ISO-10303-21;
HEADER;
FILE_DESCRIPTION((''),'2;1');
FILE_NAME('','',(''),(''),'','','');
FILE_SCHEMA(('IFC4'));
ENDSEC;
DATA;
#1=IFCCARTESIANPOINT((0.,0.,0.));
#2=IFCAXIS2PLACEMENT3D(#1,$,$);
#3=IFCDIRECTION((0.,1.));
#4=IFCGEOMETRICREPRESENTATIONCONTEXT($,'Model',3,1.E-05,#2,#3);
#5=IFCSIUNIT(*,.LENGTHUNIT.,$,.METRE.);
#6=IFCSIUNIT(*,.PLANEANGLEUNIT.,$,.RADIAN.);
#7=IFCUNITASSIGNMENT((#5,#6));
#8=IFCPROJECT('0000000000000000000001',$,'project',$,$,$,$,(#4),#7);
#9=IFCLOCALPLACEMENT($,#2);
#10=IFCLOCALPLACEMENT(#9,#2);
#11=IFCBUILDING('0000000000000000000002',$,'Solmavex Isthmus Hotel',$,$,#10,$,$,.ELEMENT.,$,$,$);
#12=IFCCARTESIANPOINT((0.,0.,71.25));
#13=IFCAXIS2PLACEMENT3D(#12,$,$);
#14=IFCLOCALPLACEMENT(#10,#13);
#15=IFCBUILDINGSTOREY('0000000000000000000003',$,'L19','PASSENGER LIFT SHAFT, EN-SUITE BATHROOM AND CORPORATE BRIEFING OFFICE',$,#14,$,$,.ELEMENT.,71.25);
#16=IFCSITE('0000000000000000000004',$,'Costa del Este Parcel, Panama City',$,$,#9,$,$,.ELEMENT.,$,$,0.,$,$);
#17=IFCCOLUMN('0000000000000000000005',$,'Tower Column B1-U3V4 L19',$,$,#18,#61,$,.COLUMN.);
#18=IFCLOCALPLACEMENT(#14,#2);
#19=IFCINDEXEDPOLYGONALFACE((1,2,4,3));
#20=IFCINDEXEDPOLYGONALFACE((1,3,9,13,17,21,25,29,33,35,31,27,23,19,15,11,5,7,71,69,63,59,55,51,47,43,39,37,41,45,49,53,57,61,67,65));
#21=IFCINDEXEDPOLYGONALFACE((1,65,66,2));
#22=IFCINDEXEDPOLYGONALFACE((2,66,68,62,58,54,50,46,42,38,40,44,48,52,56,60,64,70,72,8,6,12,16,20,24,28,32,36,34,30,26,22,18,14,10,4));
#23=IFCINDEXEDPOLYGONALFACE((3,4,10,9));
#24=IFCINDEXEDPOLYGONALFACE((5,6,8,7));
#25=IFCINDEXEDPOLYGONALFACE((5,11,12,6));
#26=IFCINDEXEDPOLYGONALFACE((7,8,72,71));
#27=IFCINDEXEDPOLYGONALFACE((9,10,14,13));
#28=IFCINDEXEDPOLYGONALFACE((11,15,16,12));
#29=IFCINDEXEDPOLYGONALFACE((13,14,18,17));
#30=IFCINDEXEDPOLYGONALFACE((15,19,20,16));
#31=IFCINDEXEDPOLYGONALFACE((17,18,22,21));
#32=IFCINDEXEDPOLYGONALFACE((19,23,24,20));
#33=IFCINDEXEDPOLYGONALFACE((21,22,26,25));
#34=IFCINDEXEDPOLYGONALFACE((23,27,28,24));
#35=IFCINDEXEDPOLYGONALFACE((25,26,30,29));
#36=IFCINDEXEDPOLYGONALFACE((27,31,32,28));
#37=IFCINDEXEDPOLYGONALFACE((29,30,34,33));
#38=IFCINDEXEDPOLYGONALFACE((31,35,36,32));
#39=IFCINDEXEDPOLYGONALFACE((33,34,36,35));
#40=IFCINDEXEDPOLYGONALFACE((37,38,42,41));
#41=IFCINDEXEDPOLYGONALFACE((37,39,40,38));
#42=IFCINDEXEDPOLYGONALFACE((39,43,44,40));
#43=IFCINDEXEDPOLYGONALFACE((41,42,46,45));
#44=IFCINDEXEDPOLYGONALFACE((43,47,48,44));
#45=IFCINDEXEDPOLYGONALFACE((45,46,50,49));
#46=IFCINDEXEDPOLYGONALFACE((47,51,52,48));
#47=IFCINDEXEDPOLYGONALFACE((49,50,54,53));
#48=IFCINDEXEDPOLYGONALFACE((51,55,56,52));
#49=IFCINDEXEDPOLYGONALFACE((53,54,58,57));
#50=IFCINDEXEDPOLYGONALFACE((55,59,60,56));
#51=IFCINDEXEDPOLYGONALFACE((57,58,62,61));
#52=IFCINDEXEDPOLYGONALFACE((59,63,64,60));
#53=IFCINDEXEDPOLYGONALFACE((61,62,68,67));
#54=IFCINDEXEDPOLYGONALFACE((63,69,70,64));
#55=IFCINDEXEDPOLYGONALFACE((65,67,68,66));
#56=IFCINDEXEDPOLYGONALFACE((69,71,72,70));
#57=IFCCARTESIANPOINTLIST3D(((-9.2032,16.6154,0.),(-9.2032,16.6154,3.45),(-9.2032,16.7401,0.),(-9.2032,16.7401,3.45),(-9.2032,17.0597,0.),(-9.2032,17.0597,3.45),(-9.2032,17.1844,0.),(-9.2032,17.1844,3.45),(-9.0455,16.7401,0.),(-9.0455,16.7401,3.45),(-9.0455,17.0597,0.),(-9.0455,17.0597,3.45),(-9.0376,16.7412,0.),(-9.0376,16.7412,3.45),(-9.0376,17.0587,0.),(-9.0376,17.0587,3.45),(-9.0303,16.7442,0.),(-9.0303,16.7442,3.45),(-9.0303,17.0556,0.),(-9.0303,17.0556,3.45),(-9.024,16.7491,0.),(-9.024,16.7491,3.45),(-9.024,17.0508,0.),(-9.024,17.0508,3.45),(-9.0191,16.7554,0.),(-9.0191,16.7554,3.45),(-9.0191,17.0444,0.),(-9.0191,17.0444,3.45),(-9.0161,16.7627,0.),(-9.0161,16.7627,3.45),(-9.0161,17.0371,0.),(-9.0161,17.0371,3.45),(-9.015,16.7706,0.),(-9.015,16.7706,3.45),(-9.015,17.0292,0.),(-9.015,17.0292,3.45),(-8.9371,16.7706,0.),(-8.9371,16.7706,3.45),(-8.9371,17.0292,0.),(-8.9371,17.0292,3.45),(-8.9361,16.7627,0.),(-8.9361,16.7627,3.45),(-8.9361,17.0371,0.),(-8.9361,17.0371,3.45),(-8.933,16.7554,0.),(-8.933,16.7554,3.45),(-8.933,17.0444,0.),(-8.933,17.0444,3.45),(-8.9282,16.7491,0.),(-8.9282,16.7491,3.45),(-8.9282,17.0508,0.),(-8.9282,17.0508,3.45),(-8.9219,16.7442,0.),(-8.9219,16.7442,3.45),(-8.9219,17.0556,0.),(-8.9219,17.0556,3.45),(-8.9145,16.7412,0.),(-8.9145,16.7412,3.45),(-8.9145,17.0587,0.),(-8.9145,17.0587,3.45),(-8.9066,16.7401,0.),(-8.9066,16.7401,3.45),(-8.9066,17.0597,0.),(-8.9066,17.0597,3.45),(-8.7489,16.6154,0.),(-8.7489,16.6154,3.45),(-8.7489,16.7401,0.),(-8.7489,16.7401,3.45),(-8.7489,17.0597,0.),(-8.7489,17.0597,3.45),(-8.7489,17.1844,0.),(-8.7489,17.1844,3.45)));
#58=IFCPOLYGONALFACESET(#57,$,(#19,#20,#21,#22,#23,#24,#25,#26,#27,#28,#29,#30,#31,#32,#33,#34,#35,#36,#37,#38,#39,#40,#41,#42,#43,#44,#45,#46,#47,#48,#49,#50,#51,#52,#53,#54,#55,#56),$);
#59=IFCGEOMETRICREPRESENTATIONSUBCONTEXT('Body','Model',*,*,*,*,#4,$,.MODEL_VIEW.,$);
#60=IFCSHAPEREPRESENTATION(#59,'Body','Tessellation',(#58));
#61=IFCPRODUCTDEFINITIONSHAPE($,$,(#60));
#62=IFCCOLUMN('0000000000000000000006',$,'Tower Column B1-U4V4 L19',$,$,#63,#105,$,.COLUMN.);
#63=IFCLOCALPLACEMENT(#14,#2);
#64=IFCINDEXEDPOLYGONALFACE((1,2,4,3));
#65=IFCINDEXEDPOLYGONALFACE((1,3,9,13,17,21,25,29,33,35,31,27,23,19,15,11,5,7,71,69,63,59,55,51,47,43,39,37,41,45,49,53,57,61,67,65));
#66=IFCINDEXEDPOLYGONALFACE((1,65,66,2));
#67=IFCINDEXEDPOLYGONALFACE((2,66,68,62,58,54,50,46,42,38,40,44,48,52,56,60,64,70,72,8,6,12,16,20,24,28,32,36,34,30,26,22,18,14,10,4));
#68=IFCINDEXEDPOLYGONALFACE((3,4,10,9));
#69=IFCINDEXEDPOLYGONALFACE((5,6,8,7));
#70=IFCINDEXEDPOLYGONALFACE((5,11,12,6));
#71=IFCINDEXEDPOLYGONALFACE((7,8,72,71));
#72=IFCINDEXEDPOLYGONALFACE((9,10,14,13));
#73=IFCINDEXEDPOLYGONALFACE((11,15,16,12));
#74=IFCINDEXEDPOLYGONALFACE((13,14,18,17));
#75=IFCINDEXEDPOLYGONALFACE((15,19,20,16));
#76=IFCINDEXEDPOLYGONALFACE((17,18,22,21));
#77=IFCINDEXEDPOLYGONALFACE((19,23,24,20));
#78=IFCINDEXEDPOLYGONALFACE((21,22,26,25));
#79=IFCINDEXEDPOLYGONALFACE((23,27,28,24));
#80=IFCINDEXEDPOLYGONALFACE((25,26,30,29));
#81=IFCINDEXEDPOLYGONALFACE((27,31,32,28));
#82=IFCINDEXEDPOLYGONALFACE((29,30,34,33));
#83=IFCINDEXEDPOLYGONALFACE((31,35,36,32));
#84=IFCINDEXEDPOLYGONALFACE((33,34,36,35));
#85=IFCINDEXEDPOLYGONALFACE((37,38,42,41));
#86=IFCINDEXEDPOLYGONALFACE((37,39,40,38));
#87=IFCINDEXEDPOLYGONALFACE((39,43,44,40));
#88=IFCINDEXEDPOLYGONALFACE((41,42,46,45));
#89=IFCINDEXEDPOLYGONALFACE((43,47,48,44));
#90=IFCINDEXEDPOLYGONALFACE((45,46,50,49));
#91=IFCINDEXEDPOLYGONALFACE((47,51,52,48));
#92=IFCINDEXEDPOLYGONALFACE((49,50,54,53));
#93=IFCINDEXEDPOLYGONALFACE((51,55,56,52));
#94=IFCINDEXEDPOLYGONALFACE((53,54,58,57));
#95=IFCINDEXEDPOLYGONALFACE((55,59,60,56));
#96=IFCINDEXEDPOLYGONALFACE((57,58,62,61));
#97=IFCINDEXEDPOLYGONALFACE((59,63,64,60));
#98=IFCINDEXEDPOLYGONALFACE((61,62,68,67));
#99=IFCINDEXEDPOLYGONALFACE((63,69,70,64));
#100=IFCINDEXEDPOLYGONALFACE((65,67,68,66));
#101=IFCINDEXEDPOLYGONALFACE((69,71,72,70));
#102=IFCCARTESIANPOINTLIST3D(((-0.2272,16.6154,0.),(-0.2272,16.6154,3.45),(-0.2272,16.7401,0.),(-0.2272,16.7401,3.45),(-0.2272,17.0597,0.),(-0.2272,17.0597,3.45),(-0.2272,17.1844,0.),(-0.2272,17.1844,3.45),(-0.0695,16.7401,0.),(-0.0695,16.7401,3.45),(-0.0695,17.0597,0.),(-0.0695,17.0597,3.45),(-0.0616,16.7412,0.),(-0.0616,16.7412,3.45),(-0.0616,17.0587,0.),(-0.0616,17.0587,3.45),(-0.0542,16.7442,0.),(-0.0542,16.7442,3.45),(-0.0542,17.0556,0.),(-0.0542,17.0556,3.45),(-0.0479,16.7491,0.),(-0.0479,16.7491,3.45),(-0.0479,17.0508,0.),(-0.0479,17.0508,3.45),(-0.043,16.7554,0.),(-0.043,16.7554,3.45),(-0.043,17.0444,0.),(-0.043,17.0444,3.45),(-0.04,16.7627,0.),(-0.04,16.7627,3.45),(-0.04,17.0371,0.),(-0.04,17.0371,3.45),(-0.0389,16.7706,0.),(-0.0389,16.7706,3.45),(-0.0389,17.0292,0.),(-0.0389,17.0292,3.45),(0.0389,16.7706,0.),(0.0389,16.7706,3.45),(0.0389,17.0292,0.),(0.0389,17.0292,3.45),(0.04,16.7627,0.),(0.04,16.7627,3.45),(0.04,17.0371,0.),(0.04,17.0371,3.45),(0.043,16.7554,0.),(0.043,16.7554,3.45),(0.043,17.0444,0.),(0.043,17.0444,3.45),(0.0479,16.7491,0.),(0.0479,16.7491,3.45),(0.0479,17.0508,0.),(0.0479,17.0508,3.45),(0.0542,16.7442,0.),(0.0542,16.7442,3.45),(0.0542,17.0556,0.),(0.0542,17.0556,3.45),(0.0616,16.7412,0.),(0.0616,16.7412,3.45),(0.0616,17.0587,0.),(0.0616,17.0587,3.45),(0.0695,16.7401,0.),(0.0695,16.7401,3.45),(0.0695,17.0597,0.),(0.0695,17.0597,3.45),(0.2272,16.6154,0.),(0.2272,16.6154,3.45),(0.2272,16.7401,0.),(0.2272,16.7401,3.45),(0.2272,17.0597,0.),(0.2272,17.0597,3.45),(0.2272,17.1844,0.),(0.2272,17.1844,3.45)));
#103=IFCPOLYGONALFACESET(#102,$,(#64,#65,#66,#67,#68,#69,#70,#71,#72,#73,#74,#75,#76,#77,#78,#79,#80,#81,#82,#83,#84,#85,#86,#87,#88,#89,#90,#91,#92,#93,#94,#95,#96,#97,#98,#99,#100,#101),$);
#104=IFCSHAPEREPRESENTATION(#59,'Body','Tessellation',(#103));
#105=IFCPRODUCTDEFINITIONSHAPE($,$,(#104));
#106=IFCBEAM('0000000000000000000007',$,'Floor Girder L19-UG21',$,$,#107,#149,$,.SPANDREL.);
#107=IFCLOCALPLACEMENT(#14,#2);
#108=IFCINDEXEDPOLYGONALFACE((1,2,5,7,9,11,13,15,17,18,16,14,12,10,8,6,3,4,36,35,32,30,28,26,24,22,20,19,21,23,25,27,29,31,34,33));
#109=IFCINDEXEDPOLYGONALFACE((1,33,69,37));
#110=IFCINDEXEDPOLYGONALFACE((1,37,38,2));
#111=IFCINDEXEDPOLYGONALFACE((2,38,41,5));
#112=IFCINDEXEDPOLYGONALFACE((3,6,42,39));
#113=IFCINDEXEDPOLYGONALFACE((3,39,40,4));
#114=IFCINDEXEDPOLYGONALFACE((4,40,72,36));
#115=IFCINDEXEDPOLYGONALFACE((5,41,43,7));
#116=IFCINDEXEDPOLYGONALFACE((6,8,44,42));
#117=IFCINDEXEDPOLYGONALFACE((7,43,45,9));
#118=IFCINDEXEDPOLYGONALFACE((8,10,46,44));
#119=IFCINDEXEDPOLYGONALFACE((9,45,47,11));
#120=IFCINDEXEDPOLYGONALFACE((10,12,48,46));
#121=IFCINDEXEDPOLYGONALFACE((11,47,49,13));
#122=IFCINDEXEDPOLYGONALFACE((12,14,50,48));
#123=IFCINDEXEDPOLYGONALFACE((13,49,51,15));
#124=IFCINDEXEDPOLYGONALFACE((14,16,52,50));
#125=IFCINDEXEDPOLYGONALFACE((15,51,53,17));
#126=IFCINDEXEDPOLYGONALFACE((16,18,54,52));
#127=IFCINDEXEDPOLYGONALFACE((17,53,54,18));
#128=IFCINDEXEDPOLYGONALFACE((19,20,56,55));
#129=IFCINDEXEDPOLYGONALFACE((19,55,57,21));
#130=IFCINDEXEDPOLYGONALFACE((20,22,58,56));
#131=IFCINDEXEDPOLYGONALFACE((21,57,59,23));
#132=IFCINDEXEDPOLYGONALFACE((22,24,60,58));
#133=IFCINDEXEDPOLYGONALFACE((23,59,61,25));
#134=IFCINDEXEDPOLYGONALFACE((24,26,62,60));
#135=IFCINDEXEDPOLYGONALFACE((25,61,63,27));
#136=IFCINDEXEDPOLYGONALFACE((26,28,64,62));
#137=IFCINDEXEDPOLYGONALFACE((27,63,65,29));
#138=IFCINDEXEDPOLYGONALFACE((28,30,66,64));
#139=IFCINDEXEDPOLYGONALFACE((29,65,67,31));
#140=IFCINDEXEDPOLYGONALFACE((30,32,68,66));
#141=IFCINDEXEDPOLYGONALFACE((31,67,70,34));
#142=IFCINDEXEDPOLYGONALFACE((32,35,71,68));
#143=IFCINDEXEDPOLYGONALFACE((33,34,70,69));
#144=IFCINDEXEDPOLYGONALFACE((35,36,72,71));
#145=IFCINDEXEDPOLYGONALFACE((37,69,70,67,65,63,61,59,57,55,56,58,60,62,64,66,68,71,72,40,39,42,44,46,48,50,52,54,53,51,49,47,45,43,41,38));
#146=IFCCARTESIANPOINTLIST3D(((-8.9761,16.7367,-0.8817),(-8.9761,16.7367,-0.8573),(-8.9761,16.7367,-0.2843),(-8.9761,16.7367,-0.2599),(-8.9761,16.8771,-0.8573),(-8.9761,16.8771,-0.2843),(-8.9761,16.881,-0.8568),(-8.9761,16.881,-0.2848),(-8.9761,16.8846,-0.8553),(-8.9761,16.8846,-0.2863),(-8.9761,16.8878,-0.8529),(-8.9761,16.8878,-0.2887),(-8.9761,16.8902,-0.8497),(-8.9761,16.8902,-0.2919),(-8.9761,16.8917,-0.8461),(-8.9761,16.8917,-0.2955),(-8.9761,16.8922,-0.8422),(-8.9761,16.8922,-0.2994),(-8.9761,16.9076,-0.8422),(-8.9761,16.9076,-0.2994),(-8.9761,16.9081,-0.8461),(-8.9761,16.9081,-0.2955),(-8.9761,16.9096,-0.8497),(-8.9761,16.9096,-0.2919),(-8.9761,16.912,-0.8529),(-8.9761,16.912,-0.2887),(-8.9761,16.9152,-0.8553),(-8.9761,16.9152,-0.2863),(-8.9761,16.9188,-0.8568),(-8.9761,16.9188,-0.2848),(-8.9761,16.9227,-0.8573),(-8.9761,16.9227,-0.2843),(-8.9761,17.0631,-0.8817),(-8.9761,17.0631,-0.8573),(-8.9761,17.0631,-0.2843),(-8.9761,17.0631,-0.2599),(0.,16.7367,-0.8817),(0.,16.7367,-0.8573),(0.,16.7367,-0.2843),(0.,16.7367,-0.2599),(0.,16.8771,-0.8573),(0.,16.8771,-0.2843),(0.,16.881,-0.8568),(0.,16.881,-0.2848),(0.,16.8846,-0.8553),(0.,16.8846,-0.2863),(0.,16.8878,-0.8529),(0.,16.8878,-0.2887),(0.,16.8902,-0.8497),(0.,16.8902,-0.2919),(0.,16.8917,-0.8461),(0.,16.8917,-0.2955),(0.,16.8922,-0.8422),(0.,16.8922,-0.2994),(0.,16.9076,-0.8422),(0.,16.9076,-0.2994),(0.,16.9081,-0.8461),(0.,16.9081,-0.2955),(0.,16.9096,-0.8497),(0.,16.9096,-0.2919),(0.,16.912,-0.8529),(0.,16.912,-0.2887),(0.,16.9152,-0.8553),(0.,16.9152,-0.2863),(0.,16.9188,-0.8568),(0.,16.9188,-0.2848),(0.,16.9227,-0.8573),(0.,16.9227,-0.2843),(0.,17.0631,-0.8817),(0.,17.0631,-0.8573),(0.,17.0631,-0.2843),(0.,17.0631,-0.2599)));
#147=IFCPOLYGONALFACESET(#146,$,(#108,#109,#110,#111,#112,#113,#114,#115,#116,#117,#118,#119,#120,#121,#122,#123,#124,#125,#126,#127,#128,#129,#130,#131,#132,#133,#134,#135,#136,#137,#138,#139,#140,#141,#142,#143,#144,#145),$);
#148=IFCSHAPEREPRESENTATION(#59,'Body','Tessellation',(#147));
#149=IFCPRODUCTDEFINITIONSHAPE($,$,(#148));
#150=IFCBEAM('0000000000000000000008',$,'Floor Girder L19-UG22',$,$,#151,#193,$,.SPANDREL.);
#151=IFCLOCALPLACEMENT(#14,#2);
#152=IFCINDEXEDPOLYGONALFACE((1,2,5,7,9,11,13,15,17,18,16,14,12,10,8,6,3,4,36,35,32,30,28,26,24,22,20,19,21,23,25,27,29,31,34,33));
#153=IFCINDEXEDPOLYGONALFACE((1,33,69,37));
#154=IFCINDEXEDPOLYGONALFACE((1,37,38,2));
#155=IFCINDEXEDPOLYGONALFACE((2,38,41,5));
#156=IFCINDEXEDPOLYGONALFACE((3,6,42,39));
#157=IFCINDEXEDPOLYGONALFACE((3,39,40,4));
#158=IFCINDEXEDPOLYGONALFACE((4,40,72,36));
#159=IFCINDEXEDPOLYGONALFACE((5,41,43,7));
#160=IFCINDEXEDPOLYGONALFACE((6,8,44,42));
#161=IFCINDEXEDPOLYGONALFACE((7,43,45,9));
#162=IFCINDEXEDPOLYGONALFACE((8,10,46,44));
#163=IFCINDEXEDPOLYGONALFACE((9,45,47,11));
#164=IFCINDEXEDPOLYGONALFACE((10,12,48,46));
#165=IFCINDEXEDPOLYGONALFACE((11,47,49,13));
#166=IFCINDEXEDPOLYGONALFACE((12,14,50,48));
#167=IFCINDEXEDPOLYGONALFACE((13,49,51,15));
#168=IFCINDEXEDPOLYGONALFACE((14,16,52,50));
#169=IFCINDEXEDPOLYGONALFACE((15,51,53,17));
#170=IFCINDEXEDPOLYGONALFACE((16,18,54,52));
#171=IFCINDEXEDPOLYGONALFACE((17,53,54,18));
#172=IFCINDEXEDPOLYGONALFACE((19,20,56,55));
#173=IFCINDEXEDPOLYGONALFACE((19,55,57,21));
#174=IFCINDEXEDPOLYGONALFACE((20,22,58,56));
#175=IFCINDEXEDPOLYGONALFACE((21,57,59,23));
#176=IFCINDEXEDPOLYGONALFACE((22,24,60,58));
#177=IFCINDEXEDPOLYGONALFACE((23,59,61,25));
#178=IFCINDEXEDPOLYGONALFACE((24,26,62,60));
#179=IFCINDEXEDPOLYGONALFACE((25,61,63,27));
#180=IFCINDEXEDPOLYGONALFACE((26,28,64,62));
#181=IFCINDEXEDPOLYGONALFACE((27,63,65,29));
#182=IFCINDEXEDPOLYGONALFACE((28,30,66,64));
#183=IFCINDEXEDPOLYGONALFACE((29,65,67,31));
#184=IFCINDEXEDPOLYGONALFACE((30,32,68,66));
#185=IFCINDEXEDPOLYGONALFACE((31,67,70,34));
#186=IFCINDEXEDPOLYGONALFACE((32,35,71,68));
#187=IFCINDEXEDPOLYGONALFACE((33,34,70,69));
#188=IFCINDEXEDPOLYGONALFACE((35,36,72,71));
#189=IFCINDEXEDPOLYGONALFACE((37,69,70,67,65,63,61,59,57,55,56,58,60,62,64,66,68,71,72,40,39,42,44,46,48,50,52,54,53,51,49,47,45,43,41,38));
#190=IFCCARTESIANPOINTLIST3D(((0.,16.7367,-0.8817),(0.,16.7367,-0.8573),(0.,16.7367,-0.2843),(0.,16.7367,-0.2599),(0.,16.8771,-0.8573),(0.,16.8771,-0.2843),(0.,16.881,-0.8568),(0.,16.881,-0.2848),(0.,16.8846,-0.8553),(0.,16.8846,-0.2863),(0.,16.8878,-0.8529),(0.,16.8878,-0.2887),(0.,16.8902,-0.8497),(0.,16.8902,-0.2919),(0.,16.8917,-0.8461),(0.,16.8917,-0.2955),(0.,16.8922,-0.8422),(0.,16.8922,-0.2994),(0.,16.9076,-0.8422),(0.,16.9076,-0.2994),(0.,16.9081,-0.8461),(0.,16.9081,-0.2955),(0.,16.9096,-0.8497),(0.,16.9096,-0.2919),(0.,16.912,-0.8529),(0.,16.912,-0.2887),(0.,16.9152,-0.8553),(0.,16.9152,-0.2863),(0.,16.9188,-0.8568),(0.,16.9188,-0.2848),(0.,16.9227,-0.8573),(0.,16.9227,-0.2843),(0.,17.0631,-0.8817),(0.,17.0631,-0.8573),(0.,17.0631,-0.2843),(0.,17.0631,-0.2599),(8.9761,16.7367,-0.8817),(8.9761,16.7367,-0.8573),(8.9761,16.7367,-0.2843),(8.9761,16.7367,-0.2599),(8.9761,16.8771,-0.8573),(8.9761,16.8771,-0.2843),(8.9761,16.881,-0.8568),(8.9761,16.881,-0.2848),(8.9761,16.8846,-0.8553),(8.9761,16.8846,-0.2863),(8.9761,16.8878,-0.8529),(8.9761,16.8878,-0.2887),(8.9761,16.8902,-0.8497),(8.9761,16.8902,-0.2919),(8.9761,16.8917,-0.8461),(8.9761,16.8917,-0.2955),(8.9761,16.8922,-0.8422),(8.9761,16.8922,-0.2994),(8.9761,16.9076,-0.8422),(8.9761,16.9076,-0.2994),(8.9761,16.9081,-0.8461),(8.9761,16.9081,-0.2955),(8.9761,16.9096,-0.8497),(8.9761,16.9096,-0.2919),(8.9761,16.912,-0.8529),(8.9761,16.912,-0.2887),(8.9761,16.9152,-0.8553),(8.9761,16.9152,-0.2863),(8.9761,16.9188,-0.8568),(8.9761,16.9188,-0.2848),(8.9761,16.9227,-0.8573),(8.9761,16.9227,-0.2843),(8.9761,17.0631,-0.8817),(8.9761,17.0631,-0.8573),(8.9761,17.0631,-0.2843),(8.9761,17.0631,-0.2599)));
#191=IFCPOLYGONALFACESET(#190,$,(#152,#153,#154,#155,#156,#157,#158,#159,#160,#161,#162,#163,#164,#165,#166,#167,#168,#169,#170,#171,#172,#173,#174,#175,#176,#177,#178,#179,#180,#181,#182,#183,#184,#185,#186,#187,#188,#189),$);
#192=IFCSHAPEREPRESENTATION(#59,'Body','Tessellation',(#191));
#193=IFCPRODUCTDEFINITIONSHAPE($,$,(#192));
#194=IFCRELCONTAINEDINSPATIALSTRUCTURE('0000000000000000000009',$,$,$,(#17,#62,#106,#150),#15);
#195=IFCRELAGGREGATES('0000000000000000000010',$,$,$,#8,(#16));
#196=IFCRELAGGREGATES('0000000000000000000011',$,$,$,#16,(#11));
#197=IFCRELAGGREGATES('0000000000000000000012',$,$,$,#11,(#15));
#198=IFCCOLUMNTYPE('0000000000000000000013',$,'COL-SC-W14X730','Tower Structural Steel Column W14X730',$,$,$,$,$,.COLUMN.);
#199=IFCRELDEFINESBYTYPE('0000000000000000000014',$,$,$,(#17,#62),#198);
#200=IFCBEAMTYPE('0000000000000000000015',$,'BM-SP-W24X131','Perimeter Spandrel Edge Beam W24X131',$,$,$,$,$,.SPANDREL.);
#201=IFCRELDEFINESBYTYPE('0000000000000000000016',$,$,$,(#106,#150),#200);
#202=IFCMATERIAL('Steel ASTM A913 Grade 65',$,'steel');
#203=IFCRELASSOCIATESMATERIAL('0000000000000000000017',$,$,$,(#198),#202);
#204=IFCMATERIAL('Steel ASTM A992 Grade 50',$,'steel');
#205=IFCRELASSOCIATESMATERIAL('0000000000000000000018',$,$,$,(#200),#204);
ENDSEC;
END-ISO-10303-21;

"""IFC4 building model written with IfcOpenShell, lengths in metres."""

from ifc_helpers import new_model, si_unit, direction, frame, origin, origin_2d, place, context, subcontext, project, spatial, i_section, extrude, material, material_profile, profile_set, type_object, element, save


model = new_model("IFC4")

# Units and contexts
model_context = context("Model", 3, precision=1e-05, world=origin(), true_north=direction((0.0, 1.0)))
body_context = subcontext(model_context, "Body", "Model", "MODEL_VIEW")
ifc_project = project(units=[si_unit("LENGTHUNIT", "METRE"), si_unit("PLANEANGLEUNIT", "RADIAN")], contexts=[model_context])

# Site, building, storey
site_placement = place(None, origin())
site = spatial("IfcSite", under=ifc_project, at=site_placement, Name="Costa del Este Parcel, Panama City", CompositionType="ELEMENT", RefElevation=0.0)
building_placement = place(site_placement, origin())
building = spatial("IfcBuilding", under=site, at=building_placement, Name="Solmavex Isthmus Hotel", CompositionType="ELEMENT")
storey_placement = place(building_placement, frame((0.0, 0.0, 71.25)))
storey = spatial("IfcBuildingStorey", under=building, at=storey_placement, Name="L19", Description="PASSENGER LIFT SHAFT, EN-SUITE BATHROOM AND CORPORATE BRIEFING OFFICE", CompositionType="ELEMENT", Elevation=71.25)

# Columns
ifc_material_1 = material(Name="Steel ASTM A913 Grade 65", Category="steel")
ifc_material_profile_1 = material_profile(ifc_material_1, i_section(OverallWidth=0.4543, OverallDepth=0.5691, WebThickness=0.0779, FlangeThickness=0.1248, FilletRadius=0.0305, at=origin_2d()), Name="W14X730")
ifc_profile_set_1 = profile_set([ifc_material_profile_1], Name="Steel ASTM A913 Grade 65")
column_type = type_object("IfcColumnType", Name="COL-SC-W14X730", Description="Tower Structural Steel Column W14X730", PredefinedType="COLUMN", material=ifc_profile_set_1)
for number, where, z_axis, x_axis, name in (
    (1, (-8.9761, 16.8999, 0.0), (0.0, 0.0, 1.0), (1.0, 0.0, 0.0), "Tower Column B1-U3V4 L19"),
    (2, (0.0, 16.8999, 0.0), (0.0, 0.0, 1.0), (1.0, 0.0, 0.0), "Tower Column B1-U4V4 L19"),
):
    element("IfcColumn", number, at=place(storey_placement, frame(where, z_axis=z_axis, x_axis=x_axis)), inside=storey, type_object=column_type, Name=name, PredefinedType="COLUMN", context=body_context, shape_type="SweptSolid", body=[
        extrude(i_section(OverallWidth=0.4543, OverallDepth=0.5691, WebThickness=0.0779, FlangeThickness=0.1248, FilletRadius=0.0305, at=origin_2d()), origin(), (0.0, 0.0, 1.0), 3.45),
    ])

# Beams
ifc_material_2 = material(Name="Steel ASTM A992 Grade 50", Category="steel")
ifc_material_profile_2 = material_profile(ifc_material_2, i_section(OverallWidth=0.3264, OverallDepth=0.6218, WebThickness=0.0154, FlangeThickness=0.0244, FilletRadius=0.0151, at=origin_2d()), Name="W24X131")
ifc_profile_set_2 = profile_set([ifc_material_profile_2], Name="Steel ASTM A992 Grade 50")
beam_type = type_object("IfcBeamType", Name="BM-SP-W24X131", Description="Perimeter Spandrel Edge Beam W24X131", PredefinedType="SPANDREL", material=ifc_profile_set_2)
for number, where, z_axis, x_axis, name in (
    (3, (-8.9761, 16.8999, -0.5708), (1.0, 0.0, 0.0), (0.0, 1.0, 0.0), "Floor Girder L19-UG21"),
    (4, (0.0, 16.8999, -0.5708), (1.0, 0.0, 0.0), (0.0, 1.0, 0.0), "Floor Girder L19-UG22"),
):
    element("IfcBeam", number, at=place(storey_placement, frame(where, z_axis=z_axis, x_axis=x_axis)), inside=storey, type_object=beam_type, Name=name, PredefinedType="SPANDREL", context=body_context, shape_type="SweptSolid", body=[
        extrude(i_section(OverallWidth=0.3264, OverallDepth=0.6218, WebThickness=0.0154, FlangeThickness=0.0244, FilletRadius=0.0151, at=origin_2d()), origin(), (0.0, 0.0, 1.0), 8.9761),
    ])

save(model, "model.ifc")
